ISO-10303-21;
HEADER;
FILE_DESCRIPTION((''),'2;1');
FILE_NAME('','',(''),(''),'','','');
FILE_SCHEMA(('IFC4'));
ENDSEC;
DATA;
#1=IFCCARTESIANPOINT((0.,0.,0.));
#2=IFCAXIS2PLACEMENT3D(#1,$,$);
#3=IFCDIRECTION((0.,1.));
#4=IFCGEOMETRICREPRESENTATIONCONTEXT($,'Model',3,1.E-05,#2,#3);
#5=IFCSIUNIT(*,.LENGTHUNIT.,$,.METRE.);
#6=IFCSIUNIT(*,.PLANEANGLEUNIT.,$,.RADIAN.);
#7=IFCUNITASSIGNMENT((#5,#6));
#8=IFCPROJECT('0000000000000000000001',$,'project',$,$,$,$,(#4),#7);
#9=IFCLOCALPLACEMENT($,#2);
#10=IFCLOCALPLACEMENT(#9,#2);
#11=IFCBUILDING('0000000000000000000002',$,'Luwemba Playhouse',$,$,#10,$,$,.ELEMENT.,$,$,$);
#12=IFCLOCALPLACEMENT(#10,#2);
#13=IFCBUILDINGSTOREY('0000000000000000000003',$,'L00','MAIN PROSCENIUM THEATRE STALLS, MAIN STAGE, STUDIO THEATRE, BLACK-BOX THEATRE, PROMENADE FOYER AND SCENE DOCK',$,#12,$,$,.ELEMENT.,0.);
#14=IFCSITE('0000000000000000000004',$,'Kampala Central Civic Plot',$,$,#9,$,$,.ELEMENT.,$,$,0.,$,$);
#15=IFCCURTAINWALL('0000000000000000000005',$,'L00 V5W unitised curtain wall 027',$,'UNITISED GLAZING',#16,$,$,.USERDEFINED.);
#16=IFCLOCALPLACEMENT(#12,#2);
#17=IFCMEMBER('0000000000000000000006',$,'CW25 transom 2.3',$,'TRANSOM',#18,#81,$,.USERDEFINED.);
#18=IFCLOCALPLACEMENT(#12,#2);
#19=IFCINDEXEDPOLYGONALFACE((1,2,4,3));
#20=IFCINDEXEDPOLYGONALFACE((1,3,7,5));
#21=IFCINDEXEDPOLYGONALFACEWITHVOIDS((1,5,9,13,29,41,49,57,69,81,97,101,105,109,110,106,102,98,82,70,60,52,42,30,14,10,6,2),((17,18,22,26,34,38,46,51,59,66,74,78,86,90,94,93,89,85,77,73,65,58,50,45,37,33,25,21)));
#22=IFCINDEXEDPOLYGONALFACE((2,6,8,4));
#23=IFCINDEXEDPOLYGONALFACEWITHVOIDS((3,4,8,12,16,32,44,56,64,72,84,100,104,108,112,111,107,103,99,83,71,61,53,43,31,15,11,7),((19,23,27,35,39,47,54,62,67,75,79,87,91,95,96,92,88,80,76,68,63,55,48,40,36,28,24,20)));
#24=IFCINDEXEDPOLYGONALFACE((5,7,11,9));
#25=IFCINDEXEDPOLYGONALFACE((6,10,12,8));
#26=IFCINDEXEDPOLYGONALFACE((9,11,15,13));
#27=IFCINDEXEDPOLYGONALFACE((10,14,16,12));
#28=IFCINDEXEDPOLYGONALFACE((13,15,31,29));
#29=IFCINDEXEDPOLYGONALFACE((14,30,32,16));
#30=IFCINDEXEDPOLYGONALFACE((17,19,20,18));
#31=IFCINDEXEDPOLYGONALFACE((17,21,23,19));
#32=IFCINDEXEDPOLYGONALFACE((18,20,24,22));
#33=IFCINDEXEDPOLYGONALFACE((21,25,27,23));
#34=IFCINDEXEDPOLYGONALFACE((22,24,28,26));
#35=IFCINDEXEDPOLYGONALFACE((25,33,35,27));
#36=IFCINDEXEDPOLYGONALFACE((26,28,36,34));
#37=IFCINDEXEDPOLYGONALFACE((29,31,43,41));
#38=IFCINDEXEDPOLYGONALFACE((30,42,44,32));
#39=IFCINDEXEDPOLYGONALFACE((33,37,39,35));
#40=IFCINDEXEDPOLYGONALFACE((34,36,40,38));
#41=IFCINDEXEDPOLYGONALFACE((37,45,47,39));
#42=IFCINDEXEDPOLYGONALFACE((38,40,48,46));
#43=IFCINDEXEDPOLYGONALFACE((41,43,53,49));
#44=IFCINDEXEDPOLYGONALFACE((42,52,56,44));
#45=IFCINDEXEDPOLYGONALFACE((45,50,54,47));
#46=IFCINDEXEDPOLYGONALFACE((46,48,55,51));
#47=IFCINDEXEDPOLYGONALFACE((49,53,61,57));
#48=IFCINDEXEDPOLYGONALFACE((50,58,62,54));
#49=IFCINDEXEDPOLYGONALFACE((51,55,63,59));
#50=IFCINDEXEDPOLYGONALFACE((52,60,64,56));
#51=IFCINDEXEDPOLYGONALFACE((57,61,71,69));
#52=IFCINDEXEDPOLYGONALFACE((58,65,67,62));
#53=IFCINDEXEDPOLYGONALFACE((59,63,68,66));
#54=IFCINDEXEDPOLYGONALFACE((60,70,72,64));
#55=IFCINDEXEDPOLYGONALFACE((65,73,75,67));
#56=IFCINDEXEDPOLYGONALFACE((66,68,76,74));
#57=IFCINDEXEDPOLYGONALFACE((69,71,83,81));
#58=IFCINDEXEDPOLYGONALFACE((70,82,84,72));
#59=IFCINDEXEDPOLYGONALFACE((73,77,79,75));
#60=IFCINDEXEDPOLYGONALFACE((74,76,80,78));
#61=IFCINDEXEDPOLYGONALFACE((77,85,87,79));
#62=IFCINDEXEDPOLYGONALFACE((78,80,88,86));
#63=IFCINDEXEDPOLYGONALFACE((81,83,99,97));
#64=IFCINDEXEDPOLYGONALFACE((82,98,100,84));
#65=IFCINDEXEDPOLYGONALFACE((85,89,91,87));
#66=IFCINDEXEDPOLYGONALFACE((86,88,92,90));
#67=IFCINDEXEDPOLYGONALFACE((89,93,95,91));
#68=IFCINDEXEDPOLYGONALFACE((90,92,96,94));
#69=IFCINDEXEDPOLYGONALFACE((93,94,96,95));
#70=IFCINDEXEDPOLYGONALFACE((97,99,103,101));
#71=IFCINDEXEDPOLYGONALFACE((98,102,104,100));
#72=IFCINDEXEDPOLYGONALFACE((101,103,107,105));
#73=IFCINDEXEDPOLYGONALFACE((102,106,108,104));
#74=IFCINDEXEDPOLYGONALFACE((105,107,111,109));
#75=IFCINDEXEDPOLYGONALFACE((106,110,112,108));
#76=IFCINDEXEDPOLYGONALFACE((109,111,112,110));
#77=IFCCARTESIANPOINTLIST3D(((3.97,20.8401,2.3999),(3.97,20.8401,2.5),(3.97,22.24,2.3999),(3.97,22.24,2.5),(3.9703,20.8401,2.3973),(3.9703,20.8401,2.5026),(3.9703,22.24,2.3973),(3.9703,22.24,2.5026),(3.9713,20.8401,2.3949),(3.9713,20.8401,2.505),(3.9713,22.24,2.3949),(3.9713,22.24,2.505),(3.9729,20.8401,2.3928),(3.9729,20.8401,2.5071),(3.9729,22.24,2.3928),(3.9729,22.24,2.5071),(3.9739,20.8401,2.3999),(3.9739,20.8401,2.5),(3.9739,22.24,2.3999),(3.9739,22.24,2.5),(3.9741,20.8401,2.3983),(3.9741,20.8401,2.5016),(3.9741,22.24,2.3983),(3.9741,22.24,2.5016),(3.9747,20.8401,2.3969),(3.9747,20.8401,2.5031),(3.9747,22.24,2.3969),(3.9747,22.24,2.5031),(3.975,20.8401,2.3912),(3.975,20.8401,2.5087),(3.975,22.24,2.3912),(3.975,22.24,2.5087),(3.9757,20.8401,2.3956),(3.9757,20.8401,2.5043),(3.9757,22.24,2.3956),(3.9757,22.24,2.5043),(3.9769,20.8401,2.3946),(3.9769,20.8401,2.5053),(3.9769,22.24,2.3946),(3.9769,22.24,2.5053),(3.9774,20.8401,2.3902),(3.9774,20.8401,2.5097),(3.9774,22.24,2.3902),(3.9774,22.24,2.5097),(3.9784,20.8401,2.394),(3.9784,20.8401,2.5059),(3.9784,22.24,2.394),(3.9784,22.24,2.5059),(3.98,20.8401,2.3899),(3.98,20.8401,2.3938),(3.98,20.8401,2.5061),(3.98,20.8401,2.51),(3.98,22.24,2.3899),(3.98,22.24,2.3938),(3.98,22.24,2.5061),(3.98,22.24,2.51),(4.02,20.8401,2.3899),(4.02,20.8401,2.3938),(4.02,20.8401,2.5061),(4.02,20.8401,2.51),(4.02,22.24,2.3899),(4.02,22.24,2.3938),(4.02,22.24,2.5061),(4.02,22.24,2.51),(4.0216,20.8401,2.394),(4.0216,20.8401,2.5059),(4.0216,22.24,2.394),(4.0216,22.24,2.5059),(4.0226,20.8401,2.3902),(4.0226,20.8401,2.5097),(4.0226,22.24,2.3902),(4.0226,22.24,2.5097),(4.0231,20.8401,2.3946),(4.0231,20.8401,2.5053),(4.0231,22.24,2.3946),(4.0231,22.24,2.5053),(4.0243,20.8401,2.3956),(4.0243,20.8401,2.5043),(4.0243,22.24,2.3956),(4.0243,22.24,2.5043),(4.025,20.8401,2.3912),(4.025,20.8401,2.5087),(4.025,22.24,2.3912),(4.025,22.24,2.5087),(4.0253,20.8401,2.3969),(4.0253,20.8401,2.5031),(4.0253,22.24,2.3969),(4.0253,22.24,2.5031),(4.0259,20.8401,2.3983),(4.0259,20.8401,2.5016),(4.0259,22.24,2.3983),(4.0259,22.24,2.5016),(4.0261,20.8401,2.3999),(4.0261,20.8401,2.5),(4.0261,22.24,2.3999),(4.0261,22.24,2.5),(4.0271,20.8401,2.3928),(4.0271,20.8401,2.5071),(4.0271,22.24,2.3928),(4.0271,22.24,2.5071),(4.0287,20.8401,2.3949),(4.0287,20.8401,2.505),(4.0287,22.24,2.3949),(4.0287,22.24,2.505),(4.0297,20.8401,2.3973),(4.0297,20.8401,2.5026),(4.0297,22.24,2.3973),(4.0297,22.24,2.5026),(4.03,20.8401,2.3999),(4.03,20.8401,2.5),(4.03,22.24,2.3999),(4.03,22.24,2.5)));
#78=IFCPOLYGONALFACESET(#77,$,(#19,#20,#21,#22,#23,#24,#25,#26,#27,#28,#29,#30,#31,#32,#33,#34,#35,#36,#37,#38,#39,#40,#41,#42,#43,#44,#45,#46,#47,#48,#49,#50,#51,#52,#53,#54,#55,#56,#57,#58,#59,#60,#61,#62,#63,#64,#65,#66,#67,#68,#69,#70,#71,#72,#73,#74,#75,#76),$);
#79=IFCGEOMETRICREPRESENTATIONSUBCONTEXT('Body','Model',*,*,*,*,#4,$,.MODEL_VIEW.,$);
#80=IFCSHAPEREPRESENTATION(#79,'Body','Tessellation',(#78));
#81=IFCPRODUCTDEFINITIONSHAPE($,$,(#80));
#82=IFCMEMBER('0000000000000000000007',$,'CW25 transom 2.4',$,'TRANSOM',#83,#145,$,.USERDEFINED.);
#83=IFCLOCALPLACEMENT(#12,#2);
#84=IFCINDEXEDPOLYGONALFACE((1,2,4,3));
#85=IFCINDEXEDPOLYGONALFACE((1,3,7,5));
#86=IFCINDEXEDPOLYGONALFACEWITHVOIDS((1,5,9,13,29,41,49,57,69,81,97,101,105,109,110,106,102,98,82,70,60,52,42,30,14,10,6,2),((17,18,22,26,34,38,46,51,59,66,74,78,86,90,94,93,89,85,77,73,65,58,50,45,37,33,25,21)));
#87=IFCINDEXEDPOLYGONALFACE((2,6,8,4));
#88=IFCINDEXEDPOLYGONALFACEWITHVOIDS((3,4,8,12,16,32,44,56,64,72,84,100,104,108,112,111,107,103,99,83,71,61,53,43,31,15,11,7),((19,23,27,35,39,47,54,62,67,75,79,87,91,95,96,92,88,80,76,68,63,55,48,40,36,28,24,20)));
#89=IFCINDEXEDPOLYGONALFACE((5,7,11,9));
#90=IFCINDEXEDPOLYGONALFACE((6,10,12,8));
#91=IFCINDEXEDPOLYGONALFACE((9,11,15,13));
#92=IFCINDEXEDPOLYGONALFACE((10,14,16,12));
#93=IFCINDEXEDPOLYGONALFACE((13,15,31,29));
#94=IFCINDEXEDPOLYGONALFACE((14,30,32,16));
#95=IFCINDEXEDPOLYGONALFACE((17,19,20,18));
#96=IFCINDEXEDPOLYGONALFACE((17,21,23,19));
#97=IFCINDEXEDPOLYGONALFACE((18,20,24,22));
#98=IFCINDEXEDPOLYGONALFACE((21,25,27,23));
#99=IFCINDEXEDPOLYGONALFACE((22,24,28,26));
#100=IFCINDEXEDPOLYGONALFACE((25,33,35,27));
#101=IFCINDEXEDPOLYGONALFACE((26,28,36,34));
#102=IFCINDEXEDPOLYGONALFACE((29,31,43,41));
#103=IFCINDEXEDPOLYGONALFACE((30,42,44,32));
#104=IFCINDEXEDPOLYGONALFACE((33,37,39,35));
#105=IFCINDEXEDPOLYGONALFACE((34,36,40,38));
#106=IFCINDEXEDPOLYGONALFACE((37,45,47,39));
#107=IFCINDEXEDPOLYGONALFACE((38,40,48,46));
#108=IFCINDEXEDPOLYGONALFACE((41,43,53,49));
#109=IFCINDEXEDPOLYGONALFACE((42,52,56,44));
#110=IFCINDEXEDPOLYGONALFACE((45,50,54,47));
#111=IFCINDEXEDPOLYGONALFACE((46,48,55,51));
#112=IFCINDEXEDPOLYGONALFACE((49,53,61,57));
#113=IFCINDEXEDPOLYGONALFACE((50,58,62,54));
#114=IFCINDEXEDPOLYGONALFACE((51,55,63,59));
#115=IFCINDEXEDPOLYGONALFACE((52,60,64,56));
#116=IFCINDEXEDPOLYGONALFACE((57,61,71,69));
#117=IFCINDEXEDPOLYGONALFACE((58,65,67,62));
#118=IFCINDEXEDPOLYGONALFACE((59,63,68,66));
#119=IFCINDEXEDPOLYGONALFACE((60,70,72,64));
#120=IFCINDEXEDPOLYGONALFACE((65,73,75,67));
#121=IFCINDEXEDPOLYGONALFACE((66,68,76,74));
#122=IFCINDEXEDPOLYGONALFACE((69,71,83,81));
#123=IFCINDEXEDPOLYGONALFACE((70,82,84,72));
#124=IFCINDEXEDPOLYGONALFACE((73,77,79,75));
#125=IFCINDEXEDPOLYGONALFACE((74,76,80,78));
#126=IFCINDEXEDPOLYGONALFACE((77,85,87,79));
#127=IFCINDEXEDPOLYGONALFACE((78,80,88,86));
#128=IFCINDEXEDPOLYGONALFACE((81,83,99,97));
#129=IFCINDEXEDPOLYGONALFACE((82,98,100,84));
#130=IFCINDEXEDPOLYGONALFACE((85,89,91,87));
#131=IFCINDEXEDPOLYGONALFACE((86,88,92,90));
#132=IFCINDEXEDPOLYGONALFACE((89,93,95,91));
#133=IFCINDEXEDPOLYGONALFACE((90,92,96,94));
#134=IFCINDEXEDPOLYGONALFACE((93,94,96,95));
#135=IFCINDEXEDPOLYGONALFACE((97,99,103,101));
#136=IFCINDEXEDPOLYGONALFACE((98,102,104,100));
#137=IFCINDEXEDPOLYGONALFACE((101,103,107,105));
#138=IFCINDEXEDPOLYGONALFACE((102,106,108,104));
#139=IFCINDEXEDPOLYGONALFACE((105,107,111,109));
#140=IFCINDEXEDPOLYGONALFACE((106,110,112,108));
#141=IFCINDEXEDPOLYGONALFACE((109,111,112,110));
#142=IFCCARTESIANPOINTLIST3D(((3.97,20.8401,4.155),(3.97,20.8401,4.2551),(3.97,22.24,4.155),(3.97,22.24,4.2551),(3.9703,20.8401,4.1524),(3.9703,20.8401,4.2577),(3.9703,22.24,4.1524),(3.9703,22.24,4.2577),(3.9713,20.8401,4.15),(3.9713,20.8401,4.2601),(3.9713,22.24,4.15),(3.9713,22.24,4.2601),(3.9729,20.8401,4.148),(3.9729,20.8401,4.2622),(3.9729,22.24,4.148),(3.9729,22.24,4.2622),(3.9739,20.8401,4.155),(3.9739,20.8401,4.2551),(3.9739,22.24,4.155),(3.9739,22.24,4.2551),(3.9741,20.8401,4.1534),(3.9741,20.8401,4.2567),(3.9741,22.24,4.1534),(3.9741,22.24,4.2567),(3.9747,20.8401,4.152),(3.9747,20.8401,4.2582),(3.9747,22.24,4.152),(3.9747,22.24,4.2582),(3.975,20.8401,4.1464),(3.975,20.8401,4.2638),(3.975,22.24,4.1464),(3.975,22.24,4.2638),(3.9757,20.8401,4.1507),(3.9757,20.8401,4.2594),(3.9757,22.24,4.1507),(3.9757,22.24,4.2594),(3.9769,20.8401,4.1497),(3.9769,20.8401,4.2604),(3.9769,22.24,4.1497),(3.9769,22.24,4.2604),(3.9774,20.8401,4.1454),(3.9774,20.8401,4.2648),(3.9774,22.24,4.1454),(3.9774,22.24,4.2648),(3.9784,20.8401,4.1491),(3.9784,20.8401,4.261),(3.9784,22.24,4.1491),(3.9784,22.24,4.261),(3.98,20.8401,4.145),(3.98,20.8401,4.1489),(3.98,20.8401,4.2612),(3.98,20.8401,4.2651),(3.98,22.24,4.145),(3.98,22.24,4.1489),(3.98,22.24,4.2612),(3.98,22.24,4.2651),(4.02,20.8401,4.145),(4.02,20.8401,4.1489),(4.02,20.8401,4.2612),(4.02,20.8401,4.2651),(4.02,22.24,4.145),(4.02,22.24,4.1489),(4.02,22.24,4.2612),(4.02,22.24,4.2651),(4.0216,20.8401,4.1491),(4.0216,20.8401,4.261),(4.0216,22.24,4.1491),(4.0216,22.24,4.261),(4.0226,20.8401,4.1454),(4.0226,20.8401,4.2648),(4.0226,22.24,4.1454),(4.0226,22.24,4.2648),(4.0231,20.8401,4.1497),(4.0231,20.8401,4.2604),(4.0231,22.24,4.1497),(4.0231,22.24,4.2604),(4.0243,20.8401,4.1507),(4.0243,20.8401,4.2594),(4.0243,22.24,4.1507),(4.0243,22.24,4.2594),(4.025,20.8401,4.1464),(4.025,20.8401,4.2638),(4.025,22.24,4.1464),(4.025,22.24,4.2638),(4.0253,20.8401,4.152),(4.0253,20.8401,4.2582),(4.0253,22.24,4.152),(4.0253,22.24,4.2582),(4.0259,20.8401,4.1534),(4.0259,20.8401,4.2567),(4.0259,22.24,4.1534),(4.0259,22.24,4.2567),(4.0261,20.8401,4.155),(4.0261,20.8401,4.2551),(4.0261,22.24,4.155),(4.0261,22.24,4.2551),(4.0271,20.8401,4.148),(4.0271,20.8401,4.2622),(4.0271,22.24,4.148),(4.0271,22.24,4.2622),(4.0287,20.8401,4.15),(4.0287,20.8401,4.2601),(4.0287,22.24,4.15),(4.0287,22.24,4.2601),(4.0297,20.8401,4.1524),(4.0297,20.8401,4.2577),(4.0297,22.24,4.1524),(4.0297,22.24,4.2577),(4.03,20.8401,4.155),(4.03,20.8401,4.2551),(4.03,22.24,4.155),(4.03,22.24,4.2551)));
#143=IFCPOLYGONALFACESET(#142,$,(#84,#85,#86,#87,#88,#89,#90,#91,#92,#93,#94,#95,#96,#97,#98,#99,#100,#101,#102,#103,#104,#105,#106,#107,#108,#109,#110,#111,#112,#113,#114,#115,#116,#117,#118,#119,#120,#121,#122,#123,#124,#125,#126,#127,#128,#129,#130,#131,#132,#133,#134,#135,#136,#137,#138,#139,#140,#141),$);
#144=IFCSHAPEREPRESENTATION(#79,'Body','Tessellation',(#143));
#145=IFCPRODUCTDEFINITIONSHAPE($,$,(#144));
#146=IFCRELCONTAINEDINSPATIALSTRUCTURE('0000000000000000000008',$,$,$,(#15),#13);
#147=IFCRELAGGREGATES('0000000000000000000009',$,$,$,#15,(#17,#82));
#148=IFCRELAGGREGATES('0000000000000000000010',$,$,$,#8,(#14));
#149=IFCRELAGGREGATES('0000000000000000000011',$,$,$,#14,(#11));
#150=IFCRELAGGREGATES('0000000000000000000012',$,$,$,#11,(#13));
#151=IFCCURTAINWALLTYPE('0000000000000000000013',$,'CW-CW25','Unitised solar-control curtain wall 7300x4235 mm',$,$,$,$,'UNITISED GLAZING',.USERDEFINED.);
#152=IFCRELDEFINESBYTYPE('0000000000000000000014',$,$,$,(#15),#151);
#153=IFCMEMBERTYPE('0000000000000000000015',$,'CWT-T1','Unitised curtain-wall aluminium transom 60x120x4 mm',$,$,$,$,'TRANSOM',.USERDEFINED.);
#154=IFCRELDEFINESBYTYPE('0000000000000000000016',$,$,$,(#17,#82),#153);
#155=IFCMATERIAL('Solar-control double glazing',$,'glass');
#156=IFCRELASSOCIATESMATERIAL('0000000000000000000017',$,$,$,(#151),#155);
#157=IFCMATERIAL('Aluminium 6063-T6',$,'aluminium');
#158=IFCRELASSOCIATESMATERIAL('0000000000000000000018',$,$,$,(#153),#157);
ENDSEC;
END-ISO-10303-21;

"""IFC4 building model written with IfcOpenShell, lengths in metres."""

from ifc_helpers import new_model, si_unit, direction, frame, origin, origin_2d, place, context, subcontext, project, spatial, hollow_rectangle, extrude, material, material_profile, profile_set, type_object, element, aggregate, save


model = new_model("IFC4")

# Units and contexts
model_context = context("Model", 3, precision=1e-05, world=origin(), true_north=direction((0.0, 1.0)))
body_context = subcontext(model_context, "Body", "Model", "MODEL_VIEW")
ifc_project = project(units=[si_unit("LENGTHUNIT", "METRE"), si_unit("PLANEANGLEUNIT", "RADIAN")], contexts=[model_context])

# Site, building, storey
site_placement = place(None, origin())
site = spatial("IfcSite", under=ifc_project, at=site_placement, Name="Kampala Central Civic Plot", CompositionType="ELEMENT", RefElevation=0.0)
building_placement = place(site_placement, origin())
building = spatial("IfcBuilding", under=site, at=building_placement, Name="Luwemba Playhouse", CompositionType="ELEMENT")
storey_placement = place(building_placement, origin())
storey = spatial("IfcBuildingStorey", under=building, at=storey_placement, Name="L00", Description="MAIN PROSCENIUM THEATRE STALLS, MAIN STAGE, STUDIO THEATRE, BLACK-BOX THEATRE, PROMENADE FOYER AND SCENE DOCK", CompositionType="ELEMENT", Elevation=0.0)

# Curtain wall, members
ifc_material_1 = material(Name="Solar-control double glazing", Category="glass")
curtain_wall_type = type_object("IfcCurtainWallType", Name="CW-CW25", Description="Unitised solar-control curtain wall 7300x4235 mm", ElementType="UNITISED GLAZING", PredefinedType="USERDEFINED", material=ifc_material_1)
curtain_wall_placement = place(storey_placement, origin())
curtain_wall = element("IfcCurtainWall", 1, at=curtain_wall_placement, inside=storey, type_object=curtain_wall_type, Name="L00 V5W unitised curtain wall 027", ObjectType="UNITISED GLAZING", PredefinedType="USERDEFINED")
ifc_material_2 = material(Name="Aluminium 6063-T6", Category="aluminium")
ifc_material_profile_1 = material_profile(ifc_material_2, hollow_rectangle(XDim=0.0601, YDim=0.1201, WallThickness=0.0039, InnerFilletRadius=0.0061, OuterFilletRadius=0.01, at=origin_2d()))
ifc_profile_set_1 = profile_set([ifc_material_profile_1], Name="Aluminium 6063-T6")
member_type_1 = type_object("IfcMemberType", Name="CWT-T1", Description="Unitised curtain-wall aluminium transom 60x120x4 mm", ElementType="TRANSOM", PredefinedType="USERDEFINED", material=ifc_profile_set_1)
member_1_placement = place(storey_placement, frame((4.0, 20.8401, 2.45), z_axis=(0.0, 1.0, 0.0), x_axis=(-1.0, 0.0, 0.0)))
member_1 = element("IfcMember", 2, at=member_1_placement, type_object=member_type_1, Name="CW25 transom 2.3", ObjectType="TRANSOM", PredefinedType="USERDEFINED", context=body_context, shape_type="SweptSolid", body=[
    extrude(hollow_rectangle(XDim=0.0601, YDim=0.1201, WallThickness=0.0039, InnerFilletRadius=0.0061, OuterFilletRadius=0.01, at=origin_2d()), origin(), (0.0, 0.0, 1.0), 1.3999),
])
member_2_placement = place(storey_placement, frame((4.0, 20.8401, 4.2051), z_axis=(0.0, 1.0, 0.0), x_axis=(-1.0, 0.0, 0.0)))
member_2 = element("IfcMember", 3, at=member_2_placement, type_object=member_type_1, Name="CW25 transom 2.4", ObjectType="TRANSOM", PredefinedType="USERDEFINED", context=body_context, shape_type="SweptSolid", body=[
    extrude(hollow_rectangle(XDim=0.0601, YDim=0.1201, WallThickness=0.0039, InnerFilletRadius=0.0061, OuterFilletRadius=0.01, at=origin_2d()), origin(), (0.0, 0.0, 1.0), 1.3999),
])
aggregate(curtain_wall, [member_1, member_2])

save(model, "model.ifc")
